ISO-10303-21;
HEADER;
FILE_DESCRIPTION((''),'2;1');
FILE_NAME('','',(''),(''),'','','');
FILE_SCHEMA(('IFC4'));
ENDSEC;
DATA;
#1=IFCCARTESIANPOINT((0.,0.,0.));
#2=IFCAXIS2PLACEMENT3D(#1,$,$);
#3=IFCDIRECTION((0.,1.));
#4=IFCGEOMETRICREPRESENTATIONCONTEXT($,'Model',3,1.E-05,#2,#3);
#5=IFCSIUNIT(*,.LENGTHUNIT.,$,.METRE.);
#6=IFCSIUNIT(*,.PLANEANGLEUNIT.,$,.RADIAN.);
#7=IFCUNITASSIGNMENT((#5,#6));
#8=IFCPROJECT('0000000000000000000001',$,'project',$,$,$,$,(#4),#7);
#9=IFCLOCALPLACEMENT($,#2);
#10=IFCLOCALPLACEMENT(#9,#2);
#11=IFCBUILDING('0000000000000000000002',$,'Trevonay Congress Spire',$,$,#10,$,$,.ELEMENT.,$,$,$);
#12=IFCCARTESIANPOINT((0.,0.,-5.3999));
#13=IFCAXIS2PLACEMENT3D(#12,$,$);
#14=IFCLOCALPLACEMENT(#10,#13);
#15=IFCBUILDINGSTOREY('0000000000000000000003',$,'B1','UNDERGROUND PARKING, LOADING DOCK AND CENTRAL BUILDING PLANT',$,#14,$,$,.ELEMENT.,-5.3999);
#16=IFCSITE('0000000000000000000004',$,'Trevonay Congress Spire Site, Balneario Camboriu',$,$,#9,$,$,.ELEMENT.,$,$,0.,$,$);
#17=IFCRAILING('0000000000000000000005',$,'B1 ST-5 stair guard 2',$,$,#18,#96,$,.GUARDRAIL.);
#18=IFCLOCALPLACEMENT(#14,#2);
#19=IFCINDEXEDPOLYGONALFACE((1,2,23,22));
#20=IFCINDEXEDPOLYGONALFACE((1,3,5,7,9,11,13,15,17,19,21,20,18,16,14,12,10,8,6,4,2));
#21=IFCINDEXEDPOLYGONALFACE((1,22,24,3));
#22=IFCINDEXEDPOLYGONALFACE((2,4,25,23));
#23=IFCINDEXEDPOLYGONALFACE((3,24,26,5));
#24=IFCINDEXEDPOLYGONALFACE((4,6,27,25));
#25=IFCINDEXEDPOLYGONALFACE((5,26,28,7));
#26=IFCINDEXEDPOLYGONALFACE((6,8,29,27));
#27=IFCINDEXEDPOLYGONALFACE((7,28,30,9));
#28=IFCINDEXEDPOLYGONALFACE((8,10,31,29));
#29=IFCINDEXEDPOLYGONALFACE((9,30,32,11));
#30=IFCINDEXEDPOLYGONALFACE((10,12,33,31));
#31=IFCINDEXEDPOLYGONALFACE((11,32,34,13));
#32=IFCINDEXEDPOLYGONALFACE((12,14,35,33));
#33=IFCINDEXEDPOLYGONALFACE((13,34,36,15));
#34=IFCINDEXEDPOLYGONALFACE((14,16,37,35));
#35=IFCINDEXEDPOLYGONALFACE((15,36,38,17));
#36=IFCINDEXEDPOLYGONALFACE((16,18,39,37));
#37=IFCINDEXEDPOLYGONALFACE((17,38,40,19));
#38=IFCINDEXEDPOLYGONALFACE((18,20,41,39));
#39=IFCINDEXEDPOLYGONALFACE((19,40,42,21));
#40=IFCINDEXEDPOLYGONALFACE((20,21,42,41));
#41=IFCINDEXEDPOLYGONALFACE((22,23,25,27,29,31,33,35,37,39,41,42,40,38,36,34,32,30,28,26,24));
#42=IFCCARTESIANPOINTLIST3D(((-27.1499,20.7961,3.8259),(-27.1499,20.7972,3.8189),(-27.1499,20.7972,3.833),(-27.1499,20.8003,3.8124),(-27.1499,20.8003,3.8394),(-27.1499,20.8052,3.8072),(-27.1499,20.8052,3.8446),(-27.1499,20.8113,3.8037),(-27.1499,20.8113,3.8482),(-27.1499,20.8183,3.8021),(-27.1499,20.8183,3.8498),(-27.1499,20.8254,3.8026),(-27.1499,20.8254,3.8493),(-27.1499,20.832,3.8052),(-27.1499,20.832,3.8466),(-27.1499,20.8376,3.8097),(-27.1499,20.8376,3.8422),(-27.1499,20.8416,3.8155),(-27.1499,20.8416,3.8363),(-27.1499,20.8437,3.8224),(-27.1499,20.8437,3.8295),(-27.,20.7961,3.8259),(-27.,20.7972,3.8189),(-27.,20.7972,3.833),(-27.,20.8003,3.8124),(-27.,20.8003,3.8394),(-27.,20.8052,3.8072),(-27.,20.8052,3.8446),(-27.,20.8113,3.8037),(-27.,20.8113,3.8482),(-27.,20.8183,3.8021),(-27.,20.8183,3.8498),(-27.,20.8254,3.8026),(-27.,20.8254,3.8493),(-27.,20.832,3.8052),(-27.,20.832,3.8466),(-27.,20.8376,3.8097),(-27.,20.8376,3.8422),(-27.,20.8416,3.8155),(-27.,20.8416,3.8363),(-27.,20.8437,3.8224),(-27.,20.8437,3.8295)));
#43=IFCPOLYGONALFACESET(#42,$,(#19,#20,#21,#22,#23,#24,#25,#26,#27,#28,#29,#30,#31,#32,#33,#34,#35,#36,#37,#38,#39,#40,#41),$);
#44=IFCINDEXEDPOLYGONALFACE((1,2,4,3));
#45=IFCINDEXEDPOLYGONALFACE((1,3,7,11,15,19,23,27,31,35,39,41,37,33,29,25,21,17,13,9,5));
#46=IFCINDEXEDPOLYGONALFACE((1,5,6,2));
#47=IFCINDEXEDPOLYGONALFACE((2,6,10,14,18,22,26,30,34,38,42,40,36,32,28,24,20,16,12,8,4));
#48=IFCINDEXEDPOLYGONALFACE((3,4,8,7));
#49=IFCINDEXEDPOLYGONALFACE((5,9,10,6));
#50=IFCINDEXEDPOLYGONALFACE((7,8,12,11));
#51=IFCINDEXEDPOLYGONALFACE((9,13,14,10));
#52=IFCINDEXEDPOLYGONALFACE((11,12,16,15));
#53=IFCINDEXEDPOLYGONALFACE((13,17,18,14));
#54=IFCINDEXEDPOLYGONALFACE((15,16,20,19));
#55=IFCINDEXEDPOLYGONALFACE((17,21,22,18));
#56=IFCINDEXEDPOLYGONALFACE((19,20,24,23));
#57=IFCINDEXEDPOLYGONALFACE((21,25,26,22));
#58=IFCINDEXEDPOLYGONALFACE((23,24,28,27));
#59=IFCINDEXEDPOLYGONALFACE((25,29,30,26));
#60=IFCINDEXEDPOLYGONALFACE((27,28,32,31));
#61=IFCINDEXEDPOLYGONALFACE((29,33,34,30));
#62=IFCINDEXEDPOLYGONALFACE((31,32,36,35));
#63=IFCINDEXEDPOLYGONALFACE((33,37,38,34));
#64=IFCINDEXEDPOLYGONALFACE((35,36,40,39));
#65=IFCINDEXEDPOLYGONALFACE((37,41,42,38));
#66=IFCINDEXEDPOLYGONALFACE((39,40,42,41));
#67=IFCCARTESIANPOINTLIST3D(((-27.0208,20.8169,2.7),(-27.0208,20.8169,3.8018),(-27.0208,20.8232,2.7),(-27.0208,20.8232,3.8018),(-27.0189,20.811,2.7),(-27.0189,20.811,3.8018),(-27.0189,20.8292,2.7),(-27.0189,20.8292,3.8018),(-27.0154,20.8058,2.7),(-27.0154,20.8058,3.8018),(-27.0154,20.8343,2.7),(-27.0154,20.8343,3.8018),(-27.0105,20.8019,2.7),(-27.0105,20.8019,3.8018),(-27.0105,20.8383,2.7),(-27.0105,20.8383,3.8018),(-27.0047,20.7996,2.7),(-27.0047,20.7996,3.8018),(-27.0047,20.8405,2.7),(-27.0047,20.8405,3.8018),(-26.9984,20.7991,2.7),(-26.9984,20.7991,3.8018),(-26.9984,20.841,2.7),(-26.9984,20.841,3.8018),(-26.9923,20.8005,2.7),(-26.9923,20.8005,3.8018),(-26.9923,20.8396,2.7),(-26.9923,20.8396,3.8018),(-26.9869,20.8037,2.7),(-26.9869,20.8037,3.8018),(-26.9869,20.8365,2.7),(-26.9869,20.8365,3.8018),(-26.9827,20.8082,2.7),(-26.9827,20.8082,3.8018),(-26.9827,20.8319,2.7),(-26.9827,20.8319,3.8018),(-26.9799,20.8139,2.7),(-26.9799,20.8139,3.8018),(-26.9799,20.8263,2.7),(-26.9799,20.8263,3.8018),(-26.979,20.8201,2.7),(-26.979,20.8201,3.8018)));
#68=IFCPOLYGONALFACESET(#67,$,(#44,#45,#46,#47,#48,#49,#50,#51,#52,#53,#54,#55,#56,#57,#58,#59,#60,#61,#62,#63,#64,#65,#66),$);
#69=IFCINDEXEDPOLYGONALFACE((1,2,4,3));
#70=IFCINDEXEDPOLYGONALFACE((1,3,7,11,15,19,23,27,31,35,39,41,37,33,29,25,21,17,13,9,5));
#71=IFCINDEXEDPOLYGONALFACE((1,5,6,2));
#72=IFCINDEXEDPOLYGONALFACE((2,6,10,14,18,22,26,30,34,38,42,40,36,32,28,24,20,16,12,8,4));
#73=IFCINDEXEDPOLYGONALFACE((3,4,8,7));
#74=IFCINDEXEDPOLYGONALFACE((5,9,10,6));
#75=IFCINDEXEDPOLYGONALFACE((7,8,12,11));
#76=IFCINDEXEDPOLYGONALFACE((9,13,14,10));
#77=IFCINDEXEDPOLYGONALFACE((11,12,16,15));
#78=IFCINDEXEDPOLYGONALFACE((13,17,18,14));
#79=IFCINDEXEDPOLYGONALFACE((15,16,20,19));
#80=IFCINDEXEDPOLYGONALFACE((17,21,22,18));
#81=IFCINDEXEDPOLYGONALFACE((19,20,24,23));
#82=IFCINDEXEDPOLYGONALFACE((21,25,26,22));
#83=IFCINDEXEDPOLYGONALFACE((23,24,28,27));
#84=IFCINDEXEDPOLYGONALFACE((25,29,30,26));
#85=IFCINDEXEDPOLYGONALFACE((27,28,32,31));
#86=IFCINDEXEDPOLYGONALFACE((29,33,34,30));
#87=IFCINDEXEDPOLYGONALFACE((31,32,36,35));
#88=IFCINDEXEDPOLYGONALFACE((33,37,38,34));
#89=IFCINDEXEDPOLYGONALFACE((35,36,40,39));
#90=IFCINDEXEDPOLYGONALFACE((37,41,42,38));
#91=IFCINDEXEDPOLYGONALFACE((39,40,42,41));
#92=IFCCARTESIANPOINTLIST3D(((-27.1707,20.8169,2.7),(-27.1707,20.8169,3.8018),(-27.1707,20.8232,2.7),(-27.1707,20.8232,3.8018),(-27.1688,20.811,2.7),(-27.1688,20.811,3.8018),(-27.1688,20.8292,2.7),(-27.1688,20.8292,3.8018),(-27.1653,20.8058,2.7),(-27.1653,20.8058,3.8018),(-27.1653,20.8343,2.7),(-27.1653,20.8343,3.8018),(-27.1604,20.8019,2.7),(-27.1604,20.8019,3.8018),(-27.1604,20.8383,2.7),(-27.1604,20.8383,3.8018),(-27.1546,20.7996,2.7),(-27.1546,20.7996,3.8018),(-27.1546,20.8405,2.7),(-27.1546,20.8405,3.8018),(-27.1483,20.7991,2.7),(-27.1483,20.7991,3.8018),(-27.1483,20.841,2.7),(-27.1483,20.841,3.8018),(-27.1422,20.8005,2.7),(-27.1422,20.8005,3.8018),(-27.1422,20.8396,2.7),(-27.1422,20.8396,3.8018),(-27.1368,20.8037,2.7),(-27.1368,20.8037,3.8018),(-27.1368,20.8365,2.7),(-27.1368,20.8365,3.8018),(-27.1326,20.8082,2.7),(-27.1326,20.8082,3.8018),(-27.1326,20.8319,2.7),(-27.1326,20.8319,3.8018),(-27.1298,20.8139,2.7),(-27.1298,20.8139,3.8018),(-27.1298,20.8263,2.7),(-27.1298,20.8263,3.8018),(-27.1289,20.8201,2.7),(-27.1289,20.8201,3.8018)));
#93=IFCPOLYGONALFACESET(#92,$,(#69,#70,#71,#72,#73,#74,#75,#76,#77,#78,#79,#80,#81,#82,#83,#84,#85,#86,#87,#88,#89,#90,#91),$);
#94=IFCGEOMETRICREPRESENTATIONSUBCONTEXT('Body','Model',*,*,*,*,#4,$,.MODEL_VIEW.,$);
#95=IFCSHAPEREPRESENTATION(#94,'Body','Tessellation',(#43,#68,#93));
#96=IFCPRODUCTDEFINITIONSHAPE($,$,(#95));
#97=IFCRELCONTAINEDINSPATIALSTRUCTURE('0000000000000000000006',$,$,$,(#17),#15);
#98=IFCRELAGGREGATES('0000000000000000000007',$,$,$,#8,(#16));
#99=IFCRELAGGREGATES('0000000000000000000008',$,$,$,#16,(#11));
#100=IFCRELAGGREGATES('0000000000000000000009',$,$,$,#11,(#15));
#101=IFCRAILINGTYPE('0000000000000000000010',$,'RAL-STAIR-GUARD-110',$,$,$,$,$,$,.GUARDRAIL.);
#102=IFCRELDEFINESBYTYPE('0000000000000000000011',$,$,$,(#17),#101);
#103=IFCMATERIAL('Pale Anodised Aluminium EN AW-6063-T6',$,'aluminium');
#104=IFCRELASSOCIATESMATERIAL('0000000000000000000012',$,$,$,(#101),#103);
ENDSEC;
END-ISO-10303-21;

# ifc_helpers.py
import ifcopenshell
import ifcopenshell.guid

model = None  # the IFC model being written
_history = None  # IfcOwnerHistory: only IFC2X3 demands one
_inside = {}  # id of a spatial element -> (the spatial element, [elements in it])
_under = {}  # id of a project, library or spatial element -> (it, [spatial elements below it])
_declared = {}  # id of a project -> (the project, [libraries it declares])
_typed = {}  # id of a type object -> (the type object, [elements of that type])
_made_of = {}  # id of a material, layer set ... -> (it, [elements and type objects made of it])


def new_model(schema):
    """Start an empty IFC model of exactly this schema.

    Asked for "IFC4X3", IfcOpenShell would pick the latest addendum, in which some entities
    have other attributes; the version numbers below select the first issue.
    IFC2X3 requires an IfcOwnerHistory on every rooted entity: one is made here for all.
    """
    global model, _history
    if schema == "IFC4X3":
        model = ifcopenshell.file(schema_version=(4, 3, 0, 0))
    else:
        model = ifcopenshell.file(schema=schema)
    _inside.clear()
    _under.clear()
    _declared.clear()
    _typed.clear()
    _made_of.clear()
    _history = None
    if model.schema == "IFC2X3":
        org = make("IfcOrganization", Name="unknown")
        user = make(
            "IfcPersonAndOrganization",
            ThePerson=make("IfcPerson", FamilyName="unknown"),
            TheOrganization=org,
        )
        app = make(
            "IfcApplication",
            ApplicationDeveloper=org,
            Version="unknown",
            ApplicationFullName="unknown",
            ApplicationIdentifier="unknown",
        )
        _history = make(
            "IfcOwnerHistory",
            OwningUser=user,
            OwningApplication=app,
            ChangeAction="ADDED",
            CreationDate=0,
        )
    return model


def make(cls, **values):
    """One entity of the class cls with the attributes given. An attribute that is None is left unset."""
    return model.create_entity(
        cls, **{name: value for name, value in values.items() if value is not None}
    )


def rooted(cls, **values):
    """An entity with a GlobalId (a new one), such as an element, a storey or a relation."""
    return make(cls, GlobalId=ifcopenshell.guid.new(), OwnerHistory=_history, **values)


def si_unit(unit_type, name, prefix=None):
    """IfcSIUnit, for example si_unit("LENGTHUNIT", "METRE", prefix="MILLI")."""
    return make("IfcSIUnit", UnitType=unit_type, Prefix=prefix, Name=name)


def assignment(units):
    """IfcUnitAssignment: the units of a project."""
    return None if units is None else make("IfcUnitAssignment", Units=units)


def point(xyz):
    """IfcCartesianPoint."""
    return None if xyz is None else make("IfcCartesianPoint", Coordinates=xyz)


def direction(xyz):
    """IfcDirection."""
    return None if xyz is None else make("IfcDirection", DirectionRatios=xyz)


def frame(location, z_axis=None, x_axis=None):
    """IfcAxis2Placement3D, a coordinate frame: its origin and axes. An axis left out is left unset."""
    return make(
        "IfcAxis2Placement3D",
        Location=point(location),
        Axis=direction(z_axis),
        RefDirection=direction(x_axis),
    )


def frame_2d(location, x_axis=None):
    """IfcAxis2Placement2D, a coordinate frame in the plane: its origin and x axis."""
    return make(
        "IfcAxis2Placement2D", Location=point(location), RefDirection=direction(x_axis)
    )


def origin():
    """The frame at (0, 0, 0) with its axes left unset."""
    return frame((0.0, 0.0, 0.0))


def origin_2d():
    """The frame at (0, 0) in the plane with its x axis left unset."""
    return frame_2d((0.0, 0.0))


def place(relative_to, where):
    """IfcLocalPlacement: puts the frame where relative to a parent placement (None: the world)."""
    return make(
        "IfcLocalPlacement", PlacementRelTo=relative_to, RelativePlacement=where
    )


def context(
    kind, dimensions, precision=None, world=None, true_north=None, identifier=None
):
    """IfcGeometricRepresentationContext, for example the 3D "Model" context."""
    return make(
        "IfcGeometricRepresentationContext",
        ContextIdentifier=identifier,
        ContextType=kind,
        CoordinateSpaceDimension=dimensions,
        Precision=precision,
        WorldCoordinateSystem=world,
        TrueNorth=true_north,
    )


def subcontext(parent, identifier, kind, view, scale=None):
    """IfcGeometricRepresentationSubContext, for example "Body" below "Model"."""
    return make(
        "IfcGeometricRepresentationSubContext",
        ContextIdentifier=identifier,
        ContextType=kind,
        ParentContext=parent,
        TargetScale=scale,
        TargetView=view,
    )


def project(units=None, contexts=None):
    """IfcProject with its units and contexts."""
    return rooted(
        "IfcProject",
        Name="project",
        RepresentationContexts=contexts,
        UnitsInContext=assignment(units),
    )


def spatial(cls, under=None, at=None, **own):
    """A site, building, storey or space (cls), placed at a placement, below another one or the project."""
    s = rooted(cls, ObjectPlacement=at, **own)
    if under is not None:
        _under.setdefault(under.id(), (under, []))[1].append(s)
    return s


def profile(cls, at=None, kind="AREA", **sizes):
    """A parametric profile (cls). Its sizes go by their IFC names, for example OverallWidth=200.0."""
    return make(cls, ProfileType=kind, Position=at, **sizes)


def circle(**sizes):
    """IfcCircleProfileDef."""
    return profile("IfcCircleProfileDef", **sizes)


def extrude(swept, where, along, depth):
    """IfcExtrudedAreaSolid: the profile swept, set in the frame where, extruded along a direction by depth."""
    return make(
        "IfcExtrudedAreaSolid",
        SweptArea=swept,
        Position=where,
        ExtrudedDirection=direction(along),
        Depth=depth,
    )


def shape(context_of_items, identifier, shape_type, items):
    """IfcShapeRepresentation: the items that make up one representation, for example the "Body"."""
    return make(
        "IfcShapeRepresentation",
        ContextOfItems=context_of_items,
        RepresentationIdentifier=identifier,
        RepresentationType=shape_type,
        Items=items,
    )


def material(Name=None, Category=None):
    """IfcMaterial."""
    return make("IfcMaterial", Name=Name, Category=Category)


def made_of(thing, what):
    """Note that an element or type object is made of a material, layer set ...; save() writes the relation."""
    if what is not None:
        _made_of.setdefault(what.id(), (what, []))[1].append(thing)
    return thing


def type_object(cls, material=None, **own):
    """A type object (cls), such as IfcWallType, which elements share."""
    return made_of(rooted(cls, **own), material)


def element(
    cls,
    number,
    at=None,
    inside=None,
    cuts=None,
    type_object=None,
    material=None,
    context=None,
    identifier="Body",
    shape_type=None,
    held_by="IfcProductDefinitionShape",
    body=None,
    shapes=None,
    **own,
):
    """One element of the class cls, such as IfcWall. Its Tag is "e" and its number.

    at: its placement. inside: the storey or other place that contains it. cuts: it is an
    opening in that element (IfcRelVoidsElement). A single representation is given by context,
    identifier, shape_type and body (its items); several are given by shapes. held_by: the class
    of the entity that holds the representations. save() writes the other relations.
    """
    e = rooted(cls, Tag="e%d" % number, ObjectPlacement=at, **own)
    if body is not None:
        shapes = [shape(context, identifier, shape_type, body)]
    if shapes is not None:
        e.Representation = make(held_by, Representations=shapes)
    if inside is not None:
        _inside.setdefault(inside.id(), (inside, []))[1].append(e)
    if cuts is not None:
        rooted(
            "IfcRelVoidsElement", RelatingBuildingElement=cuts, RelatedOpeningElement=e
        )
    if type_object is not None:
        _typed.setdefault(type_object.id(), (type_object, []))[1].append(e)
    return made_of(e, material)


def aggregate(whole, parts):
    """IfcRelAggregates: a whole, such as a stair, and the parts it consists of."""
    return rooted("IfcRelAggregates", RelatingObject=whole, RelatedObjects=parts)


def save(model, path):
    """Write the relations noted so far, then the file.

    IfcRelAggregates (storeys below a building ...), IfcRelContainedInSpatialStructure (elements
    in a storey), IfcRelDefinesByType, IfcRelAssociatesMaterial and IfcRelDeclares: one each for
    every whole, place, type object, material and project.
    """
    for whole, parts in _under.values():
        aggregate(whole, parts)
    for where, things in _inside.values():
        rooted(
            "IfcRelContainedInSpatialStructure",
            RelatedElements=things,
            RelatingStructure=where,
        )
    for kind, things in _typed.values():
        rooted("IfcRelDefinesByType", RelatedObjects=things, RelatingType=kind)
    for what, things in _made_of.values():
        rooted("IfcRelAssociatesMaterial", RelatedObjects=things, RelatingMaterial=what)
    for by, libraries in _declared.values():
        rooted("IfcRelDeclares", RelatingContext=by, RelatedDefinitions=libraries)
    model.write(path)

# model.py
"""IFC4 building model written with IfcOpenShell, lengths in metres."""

from ifc_helpers import new_model, si_unit, direction, frame, origin, origin_2d, place, context, subcontext, project, spatial, circle, extrude, material, type_object, element, save


model = new_model("IFC4")

# Units and contexts
model_context = context("Model", 3, precision=1e-05, world=origin(), true_north=direction((0.0, 1.0)))
body_context = subcontext(model_context, "Body", "Model", "MODEL_VIEW")
ifc_project = project(units=[si_unit("LENGTHUNIT", "METRE"), si_unit("PLANEANGLEUNIT", "RADIAN")], contexts=[model_context])

# Site, building, storey
site_placement = place(None, origin())
site = spatial("IfcSite", under=ifc_project, at=site_placement, Name="Trevonay Congress Spire Site, Balneario Camboriu", CompositionType="ELEMENT", RefElevation=0.0)
building_placement = place(site_placement, origin())
building = spatial("IfcBuilding", under=site, at=building_placement, Name="Trevonay Congress Spire", CompositionType="ELEMENT")
storey_placement = place(building_placement, frame((0.0, 0.0, -5.3999)))
storey = spatial("IfcBuildingStorey", under=building, at=storey_placement, Name="B1", Description="UNDERGROUND PARKING, LOADING DOCK AND CENTRAL BUILDING PLANT", CompositionType="ELEMENT", Elevation=-5.3999)

# Railing
ifc_material_1 = material(Name="Pale Anodised Aluminium EN AW-6063-T6", Category="aluminium")
railing_type_1 = type_object("IfcRailingType", Name="RAL-STAIR-GUARD-110", PredefinedType="GUARDRAIL", material=ifc_material_1)
railing_1_placement = place(storey_placement, frame((-27.0, 20.8201, 2.7)))
element("IfcRailing", 1, at=railing_1_placement, inside=storey, type_object=railing_type_1, Name="B1 ST-5 stair guard 2", PredefinedType="GUARDRAIL", context=body_context, shape_type="SweptSolid", body=[
    extrude(circle(Radius=0.0239, at=origin_2d()), frame((0.0, 0.0, 1.126), z_axis=(-1.0, 0.0, 0.0), x_axis=(0.0, -1.0, 0.0)), (0.0, 0.0, 1.0), 0.1499),
    extrude(circle(Radius=0.021, at=origin_2d()), origin(), (0.0, 0.0, 1.0), 1.1018),
    extrude(circle(Radius=0.021, at=origin_2d()), frame((-0.1499, 0.0, 0.0)), (0.0, 0.0, 1.0), 1.1018),
])

save(model, "model.ifc")
